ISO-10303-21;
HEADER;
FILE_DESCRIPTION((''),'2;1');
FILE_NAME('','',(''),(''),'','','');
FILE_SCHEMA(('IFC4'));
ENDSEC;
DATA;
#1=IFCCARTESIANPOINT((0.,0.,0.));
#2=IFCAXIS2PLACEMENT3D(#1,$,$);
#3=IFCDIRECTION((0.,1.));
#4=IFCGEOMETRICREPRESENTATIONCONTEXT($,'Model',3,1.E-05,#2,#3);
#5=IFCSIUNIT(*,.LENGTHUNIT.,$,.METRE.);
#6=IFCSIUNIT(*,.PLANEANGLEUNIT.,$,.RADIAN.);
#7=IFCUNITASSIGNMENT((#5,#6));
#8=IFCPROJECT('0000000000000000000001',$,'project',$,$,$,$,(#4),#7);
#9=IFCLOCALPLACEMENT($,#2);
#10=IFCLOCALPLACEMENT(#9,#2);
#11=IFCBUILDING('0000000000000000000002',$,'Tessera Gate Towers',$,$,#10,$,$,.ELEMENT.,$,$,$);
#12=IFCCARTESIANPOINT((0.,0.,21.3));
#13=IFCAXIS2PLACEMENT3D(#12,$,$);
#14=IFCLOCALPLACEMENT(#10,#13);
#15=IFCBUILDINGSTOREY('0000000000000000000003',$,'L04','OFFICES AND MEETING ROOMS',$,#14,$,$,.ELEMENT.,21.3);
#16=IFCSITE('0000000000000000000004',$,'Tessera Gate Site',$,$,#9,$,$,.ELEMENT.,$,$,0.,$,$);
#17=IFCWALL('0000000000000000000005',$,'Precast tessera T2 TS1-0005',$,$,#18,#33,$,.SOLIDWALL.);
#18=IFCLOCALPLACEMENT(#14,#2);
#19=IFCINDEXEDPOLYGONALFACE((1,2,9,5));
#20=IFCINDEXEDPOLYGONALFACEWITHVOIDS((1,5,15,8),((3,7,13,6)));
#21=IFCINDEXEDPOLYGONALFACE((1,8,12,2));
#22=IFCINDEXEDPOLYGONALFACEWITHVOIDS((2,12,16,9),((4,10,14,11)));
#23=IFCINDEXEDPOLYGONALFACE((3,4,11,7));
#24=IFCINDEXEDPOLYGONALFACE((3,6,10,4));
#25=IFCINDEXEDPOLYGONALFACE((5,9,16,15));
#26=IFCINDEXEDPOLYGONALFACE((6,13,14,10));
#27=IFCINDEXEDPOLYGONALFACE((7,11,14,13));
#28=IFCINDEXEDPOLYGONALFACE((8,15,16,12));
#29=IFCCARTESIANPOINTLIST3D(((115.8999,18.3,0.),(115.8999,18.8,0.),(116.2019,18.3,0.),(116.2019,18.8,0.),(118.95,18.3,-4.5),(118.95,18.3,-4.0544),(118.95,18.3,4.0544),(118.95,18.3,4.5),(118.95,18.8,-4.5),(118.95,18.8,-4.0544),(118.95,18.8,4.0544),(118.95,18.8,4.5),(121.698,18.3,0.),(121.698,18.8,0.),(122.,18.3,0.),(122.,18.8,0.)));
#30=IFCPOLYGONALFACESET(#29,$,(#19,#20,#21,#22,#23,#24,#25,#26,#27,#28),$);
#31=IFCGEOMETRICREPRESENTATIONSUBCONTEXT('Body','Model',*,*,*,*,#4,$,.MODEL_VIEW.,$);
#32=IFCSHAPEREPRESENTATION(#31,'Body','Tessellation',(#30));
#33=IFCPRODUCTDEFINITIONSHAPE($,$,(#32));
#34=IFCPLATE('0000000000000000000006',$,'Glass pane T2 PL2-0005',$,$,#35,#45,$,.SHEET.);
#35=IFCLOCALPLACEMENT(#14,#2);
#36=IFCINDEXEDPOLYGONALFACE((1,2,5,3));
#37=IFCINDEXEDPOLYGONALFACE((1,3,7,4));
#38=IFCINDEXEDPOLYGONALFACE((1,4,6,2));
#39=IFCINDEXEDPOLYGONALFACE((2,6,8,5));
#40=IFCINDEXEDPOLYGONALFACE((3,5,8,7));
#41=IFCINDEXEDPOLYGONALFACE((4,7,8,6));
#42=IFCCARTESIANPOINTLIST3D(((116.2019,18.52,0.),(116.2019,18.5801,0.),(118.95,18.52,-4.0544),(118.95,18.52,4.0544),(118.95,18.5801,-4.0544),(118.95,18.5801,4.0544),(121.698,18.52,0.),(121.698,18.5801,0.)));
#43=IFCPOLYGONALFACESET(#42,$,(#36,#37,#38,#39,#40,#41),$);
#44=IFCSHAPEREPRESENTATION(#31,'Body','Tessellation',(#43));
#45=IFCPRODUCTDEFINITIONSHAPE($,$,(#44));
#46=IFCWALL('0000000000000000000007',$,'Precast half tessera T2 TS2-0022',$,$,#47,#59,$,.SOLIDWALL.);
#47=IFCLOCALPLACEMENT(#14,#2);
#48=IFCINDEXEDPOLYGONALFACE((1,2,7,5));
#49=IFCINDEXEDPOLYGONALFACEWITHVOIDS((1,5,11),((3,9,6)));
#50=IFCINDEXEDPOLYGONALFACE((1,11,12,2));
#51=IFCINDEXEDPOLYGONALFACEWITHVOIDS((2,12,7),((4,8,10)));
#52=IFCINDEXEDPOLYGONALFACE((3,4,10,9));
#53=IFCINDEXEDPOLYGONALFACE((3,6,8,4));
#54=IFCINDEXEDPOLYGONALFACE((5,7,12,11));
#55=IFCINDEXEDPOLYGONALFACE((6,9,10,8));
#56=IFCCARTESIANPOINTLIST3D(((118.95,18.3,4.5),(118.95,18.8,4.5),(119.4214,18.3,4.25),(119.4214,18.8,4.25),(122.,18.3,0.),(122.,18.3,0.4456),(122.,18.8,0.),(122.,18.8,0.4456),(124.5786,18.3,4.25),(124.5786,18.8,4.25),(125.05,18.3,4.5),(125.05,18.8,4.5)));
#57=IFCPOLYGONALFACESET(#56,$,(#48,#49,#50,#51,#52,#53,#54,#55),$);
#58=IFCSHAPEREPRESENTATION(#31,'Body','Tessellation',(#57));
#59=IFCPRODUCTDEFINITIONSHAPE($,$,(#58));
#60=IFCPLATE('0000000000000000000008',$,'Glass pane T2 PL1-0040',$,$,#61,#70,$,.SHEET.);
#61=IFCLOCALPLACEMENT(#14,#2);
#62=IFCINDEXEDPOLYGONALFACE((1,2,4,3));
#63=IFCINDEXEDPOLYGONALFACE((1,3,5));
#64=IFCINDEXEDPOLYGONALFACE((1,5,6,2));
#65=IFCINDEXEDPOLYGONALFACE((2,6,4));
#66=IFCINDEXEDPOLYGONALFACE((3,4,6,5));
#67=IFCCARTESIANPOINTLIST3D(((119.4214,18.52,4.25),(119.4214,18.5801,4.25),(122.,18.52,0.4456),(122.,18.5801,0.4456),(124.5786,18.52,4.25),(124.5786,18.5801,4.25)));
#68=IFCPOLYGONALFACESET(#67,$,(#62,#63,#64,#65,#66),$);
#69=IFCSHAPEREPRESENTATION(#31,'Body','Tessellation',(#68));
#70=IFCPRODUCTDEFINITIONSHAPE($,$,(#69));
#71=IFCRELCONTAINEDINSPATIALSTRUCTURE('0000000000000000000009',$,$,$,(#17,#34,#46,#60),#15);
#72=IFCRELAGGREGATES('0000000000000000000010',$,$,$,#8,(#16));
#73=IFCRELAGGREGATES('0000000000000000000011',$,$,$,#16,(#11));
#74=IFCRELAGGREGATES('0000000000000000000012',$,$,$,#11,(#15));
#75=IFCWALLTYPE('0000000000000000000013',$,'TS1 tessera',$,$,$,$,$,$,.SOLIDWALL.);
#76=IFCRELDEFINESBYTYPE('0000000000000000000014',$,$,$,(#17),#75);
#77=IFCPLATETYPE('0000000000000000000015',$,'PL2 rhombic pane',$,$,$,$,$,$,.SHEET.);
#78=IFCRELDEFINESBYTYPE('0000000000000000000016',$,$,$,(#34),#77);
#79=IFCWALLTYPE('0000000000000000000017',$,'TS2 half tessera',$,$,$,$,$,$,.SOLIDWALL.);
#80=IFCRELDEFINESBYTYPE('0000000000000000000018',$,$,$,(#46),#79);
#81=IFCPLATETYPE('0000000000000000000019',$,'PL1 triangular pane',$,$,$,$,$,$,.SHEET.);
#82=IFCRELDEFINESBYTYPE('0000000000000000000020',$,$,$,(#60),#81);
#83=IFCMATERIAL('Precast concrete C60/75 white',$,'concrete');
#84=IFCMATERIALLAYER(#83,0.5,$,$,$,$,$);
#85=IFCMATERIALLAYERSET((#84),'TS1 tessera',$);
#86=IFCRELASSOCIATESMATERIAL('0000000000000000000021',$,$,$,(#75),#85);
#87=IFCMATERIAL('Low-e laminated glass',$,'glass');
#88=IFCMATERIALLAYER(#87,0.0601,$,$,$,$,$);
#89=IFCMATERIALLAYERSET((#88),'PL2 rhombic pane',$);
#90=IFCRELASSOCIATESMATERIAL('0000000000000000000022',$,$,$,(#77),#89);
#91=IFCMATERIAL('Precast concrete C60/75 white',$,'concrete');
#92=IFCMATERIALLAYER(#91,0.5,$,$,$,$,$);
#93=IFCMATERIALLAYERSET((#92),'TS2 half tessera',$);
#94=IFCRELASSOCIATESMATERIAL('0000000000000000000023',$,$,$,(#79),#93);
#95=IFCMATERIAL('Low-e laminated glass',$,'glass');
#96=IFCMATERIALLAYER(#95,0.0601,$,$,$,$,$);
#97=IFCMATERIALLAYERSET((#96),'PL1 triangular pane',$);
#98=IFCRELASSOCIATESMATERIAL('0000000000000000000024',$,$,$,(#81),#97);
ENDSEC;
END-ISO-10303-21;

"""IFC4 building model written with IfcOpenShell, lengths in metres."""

from ifc_helpers import new_model, si_unit, direction, frame, origin, place, context, subcontext, project, spatial, polyline, outline, extrude, source, transform, mapped, material, layer, layer_set, type_object, element, fill, save


model = new_model("IFC4")

# Units and contexts
model_context = context("Model", 3, precision=1e-05, world=origin(), true_north=direction((0.0, 1.0)))
body_context = subcontext(model_context, "Body", "Model", "MODEL_VIEW")
ifc_project = project(units=[si_unit("LENGTHUNIT", "METRE"), si_unit("PLANEANGLEUNIT", "RADIAN")], contexts=[model_context])

# Site, building, storey
site_placement = place(None, origin())
site = spatial("IfcSite", under=ifc_project, at=site_placement, Name="Tessera Gate Site", CompositionType="ELEMENT", RefElevation=0.0)
building_placement = place(site_placement, origin())
building = spatial("IfcBuilding", under=site, at=building_placement, Name="Tessera Gate Towers", CompositionType="ELEMENT")
storey_placement = place(building_placement, frame((0.0, 0.0, 21.3)))
storey = spatial("IfcBuildingStorey", under=building, at=storey_placement, Name="L04", Description="OFFICES AND MEETING ROOMS", CompositionType="ELEMENT", Elevation=21.3)

# Walls, openings, plates
ifc_material_1 = material(Name="Precast concrete C60/75 white", Category="concrete")
ifc_layer_1 = layer(ifc_material_1, 0.5)
ifc_layer_set_1 = layer_set([ifc_layer_1], Name="TS1 tessera")
wall_type_1 = type_object("IfcWallType", Name="TS1 tessera", PredefinedType="SOLIDWALL", material=ifc_layer_set_1)
shared_shape_1 = source(origin(), body_context, "Body", "SweptSolid", [
    extrude(outline(polyline([(3.05, 0.0), (6.1001, 4.5), (3.05, 9.0), (0.0, 4.5), (3.05, 0.0)])), frame((0.0, 0.25, 0.0), z_axis=(0.0, -1.0, 0.0), x_axis=(1.0, 0.0, 0.0)), (0.0, 0.0, 1.0), 0.5),
])
wall_1_placement = place(storey_placement, frame((115.8999, 18.55, -4.5), z_axis=(0.0, 0.0, 1.0), x_axis=(1.0, 0.0, 0.0)))
wall_1 = element("IfcWall", 1, at=wall_1_placement, inside=storey, type_object=wall_type_1, Name="Precast tessera T2 TS1-0005", PredefinedType="SOLIDWALL", context=body_context, shape_type="MappedRepresentation", body=[
    mapped(shared_shape_1, transform((0.0, 0.0, 0.0), scale=1.0)),
])
shared_shape_2 = source(origin(), body_context, "Body", "SweptSolid", [
    extrude(outline(polyline([(3.05, 0.4456), (5.7981, 4.5), (3.05, 8.5544), (0.302, 4.5), (3.05, 0.4456)])), frame((0.0, 0.26, 0.0), z_axis=(0.0, -1.0, 0.0), x_axis=(1.0, 0.0, 0.0)), (0.0, 0.0, 1.0), 0.52),
])
opening_1_placement = place(wall_1_placement, origin())
opening_1 = element("IfcOpeningElement", 2, at=opening_1_placement, cuts=wall_1, PredefinedType="OPENING", context=body_context, shape_type="MappedRepresentation", body=[
    mapped(shared_shape_2, transform((0.0, 0.0, 0.0), scale=1.0)),
])
ifc_material_2 = material(Name="Low-e laminated glass", Category="glass")
ifc_layer_2 = layer(ifc_material_2, 0.0601)
ifc_layer_set_2 = layer_set([ifc_layer_2], Name="PL2 rhombic pane")
plate_type_1 = type_object("IfcPlateType", Name="PL2 rhombic pane", PredefinedType="SHEET", material=ifc_layer_set_2)
shared_shape_3 = source(origin(), body_context, "Body", "SweptSolid", [
    extrude(outline(polyline([(3.05, 0.4456), (5.7981, 4.5), (3.05, 8.5544), (0.302, 4.5), (3.05, 0.4456)])), frame((0.0, 0.03, 0.0), z_axis=(0.0, -1.0, 0.0), x_axis=(1.0, 0.0, 0.0)), (0.0, 0.0, 1.0), 0.0601),
])
plate_1_placement = place(opening_1_placement, origin())
plate_1 = element("IfcPlate", 3, at=plate_1_placement, inside=storey, type_object=plate_type_1, Name="Glass pane T2 PL2-0005", PredefinedType="SHEET", context=body_context, shape_type="MappedRepresentation", body=[
    mapped(shared_shape_3, transform((0.0, 0.0, 0.0), scale=1.0)),
])
fill(opening_1, plate_1)
ifc_material_3 = material(Name="Precast concrete C60/75 white", Category="concrete")
ifc_layer_3 = layer(ifc_material_3, 0.5)
ifc_layer_set_3 = layer_set([ifc_layer_3], Name="TS2 half tessera")
wall_type_2 = type_object("IfcWallType", Name="TS2 half tessera", PredefinedType="SOLIDWALL", material=ifc_layer_set_3)
shared_shape_4 = source(origin(), body_context, "Body", "SweptSolid", [
    extrude(outline(polyline([(3.05, 0.0), (6.1001, 4.5), (0.0, 4.5), (3.05, 0.0)])), frame((0.0, 0.25, 0.0), z_axis=(0.0, -1.0, 0.0), x_axis=(1.0, 0.0, 0.0)), (0.0, 0.0, 1.0), 0.5),
])
wall_2_placement = place(storey_placement, frame((118.95, 18.55, 0.0), z_axis=(0.0, 0.0, 1.0), x_axis=(1.0, 0.0, 0.0)))
wall_2 = element("IfcWall", 4, at=wall_2_placement, inside=storey, type_object=wall_type_2, Name="Precast half tessera T2 TS2-0022", PredefinedType="SOLIDWALL", context=body_context, shape_type="MappedRepresentation", body=[
    mapped(shared_shape_4, transform((0.0, 0.0, 0.0), scale=1.0)),
])
shared_shape_5 = source(origin(), body_context, "Body", "SweptSolid", [
    extrude(outline(polyline([(3.05, 0.4456), (5.6287, 4.25), (0.4714, 4.25), (3.05, 0.4456)])), frame((0.0, 0.26, 0.0), z_axis=(0.0, -1.0, 0.0), x_axis=(1.0, 0.0, 0.0)), (0.0, 0.0, 1.0), 0.52),
])
opening_2_placement = place(wall_2_placement, origin())
opening_2 = element("IfcOpeningElement", 5, at=opening_2_placement, cuts=wall_2, PredefinedType="OPENING", context=body_context, shape_type="MappedRepresentation", body=[
    mapped(shared_shape_5, transform((0.0, 0.0, 0.0), scale=1.0)),
])
ifc_material_4 = material(Name="Low-e laminated glass", Category="glass")
ifc_layer_4 = layer(ifc_material_4, 0.0601)
ifc_layer_set_4 = layer_set([ifc_layer_4], Name="PL1 triangular pane")
plate_type_2 = type_object("IfcPlateType", Name="PL1 triangular pane", PredefinedType="SHEET", material=ifc_layer_set_4)
shared_shape_6 = source(origin(), body_context, "Body", "SweptSolid", [
    extrude(outline(polyline([(3.05, 0.4456), (5.6287, 4.25), (0.4714, 4.25), (3.05, 0.4456)])), frame((0.0, 0.03, 0.0), z_axis=(0.0, -1.0, 0.0), x_axis=(1.0, 0.0, 0.0)), (0.0, 0.0, 1.0), 0.0601),
])
plate_2_placement = place(opening_2_placement, origin())
plate_2 = element("IfcPlate", 6, at=plate_2_placement, inside=storey, type_object=plate_type_2, Name="Glass pane T2 PL1-0040", PredefinedType="SHEET", context=body_context, shape_type="MappedRepresentation", body=[
    mapped(shared_shape_6, transform((0.0, 0.0, 0.0), scale=1.0)),
])
fill(opening_2, plate_2)

save(model, "model.ifc")
